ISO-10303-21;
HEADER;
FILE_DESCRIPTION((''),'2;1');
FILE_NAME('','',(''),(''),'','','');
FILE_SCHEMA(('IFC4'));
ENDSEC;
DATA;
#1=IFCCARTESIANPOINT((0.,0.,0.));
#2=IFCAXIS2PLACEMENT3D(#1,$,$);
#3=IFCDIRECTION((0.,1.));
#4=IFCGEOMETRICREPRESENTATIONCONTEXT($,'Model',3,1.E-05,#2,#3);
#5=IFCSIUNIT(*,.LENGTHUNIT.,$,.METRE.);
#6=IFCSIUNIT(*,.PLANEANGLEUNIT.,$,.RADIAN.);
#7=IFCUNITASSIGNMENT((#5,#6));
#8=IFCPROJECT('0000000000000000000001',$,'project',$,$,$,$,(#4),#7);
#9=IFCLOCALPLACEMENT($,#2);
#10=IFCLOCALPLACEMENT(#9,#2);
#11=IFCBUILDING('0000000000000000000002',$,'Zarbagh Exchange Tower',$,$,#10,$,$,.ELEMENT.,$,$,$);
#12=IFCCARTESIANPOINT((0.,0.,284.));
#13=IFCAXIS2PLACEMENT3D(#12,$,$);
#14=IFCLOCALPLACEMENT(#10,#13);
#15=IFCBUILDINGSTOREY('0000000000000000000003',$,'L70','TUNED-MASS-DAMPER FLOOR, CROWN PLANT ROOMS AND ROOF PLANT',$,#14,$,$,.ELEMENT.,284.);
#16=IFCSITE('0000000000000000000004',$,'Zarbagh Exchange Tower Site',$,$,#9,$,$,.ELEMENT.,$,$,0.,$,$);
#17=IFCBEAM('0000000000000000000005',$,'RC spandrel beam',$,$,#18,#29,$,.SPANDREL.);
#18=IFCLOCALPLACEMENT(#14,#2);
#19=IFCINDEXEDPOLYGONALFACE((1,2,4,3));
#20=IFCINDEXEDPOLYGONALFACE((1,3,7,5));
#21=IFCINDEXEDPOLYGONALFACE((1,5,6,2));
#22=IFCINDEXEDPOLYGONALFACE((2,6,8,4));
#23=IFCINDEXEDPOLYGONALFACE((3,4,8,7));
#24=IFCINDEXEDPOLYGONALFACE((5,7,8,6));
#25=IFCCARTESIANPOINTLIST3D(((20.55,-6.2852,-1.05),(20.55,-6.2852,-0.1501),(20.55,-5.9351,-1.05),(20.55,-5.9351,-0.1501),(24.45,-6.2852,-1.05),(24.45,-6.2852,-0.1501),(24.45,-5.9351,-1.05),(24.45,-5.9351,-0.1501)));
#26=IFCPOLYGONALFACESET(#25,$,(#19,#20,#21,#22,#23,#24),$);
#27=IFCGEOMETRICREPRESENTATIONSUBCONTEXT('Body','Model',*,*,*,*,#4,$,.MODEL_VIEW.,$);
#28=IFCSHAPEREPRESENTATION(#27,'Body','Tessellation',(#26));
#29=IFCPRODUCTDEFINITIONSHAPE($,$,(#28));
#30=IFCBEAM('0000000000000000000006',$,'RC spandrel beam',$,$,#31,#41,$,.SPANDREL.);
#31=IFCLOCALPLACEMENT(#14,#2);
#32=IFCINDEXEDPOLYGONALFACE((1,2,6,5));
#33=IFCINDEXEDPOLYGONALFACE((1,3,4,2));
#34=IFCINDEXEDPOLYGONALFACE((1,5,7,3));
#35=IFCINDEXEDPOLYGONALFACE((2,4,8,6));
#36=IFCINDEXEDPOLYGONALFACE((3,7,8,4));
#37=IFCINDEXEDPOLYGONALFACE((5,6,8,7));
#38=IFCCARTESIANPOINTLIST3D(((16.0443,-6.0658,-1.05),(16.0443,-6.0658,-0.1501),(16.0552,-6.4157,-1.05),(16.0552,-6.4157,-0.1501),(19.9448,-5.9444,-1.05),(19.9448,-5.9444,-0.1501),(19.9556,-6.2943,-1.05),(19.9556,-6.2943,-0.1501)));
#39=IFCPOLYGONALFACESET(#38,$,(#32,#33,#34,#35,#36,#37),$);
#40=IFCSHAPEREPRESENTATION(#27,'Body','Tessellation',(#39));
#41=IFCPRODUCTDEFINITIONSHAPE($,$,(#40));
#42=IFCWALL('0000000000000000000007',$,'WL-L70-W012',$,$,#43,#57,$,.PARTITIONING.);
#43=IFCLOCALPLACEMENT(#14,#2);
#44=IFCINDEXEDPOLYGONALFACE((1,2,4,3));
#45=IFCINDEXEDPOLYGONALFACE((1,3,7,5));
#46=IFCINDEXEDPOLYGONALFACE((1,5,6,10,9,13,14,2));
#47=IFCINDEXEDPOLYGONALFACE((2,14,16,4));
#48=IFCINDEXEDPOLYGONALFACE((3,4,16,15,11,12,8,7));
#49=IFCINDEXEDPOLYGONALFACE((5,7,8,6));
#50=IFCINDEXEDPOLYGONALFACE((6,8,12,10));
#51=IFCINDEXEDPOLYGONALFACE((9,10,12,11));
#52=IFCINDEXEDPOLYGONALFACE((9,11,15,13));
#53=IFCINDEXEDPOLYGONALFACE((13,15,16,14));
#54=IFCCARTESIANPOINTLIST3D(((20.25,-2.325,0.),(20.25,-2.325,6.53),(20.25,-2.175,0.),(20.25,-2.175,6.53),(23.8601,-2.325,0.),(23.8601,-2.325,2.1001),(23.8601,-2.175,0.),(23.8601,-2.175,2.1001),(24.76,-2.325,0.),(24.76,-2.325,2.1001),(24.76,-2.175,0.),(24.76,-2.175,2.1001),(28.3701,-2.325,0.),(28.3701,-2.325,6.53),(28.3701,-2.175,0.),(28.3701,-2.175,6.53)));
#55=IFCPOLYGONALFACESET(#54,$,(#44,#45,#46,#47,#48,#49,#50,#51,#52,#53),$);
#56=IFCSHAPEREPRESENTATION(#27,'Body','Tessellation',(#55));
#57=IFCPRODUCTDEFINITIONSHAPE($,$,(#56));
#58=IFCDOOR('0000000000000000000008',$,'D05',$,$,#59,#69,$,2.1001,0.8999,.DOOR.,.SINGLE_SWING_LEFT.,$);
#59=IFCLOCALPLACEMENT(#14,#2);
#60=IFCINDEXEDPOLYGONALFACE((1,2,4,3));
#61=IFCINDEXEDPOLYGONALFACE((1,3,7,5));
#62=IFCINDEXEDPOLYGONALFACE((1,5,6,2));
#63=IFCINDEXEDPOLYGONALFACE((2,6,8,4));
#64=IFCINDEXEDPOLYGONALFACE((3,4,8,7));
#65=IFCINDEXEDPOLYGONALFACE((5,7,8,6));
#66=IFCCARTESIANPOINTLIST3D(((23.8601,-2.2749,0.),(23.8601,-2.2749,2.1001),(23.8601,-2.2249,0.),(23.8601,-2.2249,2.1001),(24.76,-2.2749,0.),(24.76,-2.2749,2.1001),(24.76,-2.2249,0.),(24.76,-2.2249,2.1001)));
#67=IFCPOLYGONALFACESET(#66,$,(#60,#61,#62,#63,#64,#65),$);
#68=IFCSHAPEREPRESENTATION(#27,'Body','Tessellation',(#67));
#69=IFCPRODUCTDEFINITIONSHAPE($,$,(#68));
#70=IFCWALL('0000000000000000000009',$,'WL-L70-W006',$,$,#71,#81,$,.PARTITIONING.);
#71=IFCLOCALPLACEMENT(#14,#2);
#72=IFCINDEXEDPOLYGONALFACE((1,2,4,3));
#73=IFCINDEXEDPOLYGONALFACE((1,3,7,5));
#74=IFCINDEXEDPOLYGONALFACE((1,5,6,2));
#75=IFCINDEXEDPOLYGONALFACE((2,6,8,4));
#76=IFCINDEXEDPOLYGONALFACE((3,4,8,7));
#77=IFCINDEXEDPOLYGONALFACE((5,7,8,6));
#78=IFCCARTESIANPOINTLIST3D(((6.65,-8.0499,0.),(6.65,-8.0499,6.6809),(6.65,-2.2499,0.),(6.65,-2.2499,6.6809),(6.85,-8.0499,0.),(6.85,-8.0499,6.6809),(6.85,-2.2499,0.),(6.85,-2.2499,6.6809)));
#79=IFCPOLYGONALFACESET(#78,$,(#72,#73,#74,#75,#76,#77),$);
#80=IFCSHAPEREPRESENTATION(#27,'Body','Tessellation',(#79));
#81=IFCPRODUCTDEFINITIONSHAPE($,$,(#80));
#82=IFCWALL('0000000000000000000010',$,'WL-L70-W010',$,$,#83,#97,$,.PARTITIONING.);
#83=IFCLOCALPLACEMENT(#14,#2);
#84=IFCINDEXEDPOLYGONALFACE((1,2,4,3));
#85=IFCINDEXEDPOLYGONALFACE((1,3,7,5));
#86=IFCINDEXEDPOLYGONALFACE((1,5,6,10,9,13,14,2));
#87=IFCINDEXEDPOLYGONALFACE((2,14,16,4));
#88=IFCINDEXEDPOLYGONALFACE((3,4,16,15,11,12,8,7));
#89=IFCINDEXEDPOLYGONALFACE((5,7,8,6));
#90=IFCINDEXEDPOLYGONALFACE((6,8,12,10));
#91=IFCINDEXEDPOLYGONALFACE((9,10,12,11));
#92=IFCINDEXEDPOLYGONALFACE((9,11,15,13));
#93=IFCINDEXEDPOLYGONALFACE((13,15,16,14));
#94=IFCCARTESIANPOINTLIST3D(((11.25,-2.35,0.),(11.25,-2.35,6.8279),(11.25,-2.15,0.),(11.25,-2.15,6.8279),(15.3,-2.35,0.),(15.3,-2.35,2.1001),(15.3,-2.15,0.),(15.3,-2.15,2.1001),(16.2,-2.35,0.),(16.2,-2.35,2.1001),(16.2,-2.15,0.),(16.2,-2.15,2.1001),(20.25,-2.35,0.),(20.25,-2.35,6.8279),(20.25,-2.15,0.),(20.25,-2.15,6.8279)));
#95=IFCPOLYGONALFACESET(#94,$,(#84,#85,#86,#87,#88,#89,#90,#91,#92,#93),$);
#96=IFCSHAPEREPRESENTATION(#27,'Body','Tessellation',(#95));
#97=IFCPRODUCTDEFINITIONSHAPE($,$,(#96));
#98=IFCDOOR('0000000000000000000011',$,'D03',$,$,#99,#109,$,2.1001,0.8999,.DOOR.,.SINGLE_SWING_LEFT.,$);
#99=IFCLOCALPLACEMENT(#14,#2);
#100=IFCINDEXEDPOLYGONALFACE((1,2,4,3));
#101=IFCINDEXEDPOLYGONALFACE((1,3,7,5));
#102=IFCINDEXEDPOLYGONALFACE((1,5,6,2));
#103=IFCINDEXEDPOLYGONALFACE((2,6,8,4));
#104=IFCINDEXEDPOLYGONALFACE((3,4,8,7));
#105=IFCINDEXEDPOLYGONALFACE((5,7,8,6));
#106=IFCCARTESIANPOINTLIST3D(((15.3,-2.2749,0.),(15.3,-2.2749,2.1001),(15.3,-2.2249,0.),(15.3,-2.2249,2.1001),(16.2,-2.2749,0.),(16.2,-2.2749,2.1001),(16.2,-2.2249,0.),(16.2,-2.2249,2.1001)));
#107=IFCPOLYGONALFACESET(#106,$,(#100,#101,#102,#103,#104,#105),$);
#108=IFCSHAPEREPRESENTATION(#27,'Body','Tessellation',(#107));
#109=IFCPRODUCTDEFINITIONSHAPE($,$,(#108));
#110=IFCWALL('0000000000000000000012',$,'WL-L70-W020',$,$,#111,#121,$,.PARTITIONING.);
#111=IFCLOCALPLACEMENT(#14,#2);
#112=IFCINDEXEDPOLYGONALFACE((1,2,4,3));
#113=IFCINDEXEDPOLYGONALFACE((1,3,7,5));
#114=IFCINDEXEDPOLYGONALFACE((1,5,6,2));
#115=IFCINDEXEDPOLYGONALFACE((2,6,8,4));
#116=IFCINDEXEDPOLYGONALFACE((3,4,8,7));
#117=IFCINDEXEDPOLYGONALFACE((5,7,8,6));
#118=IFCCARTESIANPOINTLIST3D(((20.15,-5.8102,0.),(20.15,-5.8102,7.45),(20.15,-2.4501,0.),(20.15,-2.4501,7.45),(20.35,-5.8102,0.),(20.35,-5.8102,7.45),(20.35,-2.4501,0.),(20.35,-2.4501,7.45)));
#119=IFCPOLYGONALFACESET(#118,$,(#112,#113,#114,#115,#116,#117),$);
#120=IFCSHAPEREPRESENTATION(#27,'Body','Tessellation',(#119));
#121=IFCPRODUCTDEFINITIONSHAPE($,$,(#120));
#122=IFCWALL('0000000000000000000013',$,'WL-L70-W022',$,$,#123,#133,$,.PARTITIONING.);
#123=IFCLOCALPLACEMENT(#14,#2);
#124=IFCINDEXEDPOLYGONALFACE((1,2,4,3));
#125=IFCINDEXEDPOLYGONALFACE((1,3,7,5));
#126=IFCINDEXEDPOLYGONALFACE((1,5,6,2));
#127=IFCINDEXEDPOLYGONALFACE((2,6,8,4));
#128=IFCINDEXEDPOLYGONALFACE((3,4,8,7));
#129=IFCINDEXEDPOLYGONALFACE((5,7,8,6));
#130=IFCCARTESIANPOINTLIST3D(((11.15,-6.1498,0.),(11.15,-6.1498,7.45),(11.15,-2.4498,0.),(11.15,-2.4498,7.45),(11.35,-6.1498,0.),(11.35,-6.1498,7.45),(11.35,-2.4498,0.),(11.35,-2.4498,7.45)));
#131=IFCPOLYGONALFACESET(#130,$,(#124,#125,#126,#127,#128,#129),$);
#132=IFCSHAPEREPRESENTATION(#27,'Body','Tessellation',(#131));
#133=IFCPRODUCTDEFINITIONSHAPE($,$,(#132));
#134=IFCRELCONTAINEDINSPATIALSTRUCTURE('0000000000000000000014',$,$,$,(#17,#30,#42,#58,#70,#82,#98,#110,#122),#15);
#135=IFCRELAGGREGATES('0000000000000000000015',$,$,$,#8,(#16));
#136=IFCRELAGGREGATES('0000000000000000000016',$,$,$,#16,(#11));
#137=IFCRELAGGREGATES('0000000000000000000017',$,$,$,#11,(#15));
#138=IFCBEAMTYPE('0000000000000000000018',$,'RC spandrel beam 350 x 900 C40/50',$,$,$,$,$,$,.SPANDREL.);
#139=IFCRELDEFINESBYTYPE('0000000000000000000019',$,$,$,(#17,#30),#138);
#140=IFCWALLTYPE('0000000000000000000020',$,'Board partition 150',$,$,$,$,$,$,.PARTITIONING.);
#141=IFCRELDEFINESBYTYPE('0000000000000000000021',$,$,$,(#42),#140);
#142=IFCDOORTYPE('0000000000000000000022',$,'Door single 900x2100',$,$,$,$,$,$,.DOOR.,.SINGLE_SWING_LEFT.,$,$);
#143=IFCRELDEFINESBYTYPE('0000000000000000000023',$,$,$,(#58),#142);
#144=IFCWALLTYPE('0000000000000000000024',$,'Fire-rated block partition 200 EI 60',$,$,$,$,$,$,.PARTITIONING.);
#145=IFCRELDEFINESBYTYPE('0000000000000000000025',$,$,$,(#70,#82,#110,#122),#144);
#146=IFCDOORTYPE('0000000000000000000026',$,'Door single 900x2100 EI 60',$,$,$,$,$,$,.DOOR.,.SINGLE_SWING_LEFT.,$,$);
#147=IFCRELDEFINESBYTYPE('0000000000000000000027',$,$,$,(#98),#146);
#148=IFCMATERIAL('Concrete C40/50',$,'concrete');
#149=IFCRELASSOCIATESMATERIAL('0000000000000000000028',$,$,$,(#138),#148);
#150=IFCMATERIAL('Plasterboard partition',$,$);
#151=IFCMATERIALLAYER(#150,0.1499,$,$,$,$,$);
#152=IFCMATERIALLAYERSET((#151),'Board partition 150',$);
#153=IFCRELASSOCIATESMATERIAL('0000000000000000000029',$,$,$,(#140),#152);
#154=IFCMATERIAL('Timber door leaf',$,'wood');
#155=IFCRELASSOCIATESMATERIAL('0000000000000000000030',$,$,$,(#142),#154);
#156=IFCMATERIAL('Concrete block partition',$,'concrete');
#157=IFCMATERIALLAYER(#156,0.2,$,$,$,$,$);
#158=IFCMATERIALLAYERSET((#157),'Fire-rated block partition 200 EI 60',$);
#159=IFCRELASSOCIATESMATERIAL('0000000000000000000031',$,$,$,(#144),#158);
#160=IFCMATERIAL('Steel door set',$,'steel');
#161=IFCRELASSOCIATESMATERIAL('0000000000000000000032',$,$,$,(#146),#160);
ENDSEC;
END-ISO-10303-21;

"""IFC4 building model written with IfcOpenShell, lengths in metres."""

from ifc_helpers import new_model, si_unit, direction, frame, frame_2d, origin, origin_2d, place, context, subcontext, project, spatial, rectangle, extrude, material, layer, layer_set, material_profile, profile_set, type_object, element, fill, save


model = new_model("IFC4")

# Units and contexts
model_context = context("Model", 3, precision=1e-05, world=origin(), true_north=direction((0.0, 1.0)))
body_context = subcontext(model_context, "Body", "Model", "MODEL_VIEW")
ifc_project = project(units=[si_unit("LENGTHUNIT", "METRE"), si_unit("PLANEANGLEUNIT", "RADIAN")], contexts=[model_context])

# Site, building, storey
site_placement = place(None, origin())
site = spatial("IfcSite", under=ifc_project, at=site_placement, Name="Zarbagh Exchange Tower Site", CompositionType="ELEMENT", RefElevation=0.0)
building_placement = place(site_placement, origin())
building = spatial("IfcBuilding", under=site, at=building_placement, Name="Zarbagh Exchange Tower", CompositionType="ELEMENT")
storey_placement = place(building_placement, frame((0.0, 0.0, 284.0)))
storey = spatial("IfcBuildingStorey", under=building, at=storey_placement, Name="L70", Description="TUNED-MASS-DAMPER FLOOR, CROWN PLANT ROOMS AND ROOF PLANT", CompositionType="ELEMENT", Elevation=284.0)

# Shared definitions
ifc_material_1 = material(Name="Concrete C40/50", Category="concrete")

# Beams
ifc_material_profile_1 = material_profile(ifc_material_1, rectangle(XDim=0.3501, YDim=0.8999, at=origin_2d()), Name="RC spandrel beam 350 x 900 C40/50")
ifc_profile_set_1 = profile_set([ifc_material_profile_1], Name="Concrete C40/50")
beam_type_1 = type_object("IfcBeamType", Name="RC spandrel beam 350 x 900 C40/50", PredefinedType="SPANDREL", material=ifc_profile_set_1)
beam_1_placement = place(storey_placement, frame((24.45, -6.1101, -0.6001), z_axis=(-1.0, 0.0, 0.0), x_axis=(0.0, -1.0, 0.0)))
element("IfcBeam", 1, at=beam_1_placement, inside=storey, type_object=beam_type_1, Name="RC spandrel beam", PredefinedType="SPANDREL", context=body_context, shape_type="SweptSolid", body=[
    extrude(rectangle(XDim=0.3501, YDim=0.8999, at=origin_2d()), origin(), (0.0, 0.0, 1.0), 3.8999),
])
beam_2_placement = place(storey_placement, frame((19.9502, -6.1194, -0.6001), z_axis=(-0.999516, -0.031094, 0.0), x_axis=(0.031094, -0.999516, 0.0)))
element("IfcBeam", 2, at=beam_2_placement, inside=storey, type_object=beam_type_1, Name="RC spandrel beam", PredefinedType="SPANDREL", context=body_context, shape_type="SweptSolid", body=[
    extrude(rectangle(XDim=0.3501, YDim=0.8999, at=origin_2d()), origin(), (0.0, 0.0, 1.0), 3.9023),
])

# Wall, opening, door
ifc_material_2 = material(Name="Plasterboard partition")
ifc_layer_1 = layer(ifc_material_2, 0.1499)
ifc_layer_set_1 = layer_set([ifc_layer_1], Name="Board partition 150")
wall_type_1 = type_object("IfcWallType", Name="Board partition 150", PredefinedType="PARTITIONING", material=ifc_layer_set_1)
wall_1_placement = place(storey_placement, frame((28.3701, -2.25, 0.0), z_axis=(0.0, 0.0, 1.0), x_axis=(-1.0, 0.0, 0.0)))
wall_1 = element("IfcWall", 3, at=wall_1_placement, inside=storey, type_object=wall_type_1, Name="WL-L70-W012", PredefinedType="PARTITIONING", context=body_context, shape_type="SweptSolid", body=[
    extrude(rectangle(XDim=8.1201, YDim=0.1499, at=frame_2d((4.0601, 0.0))), origin(), (0.0, 0.0, 1.0), 6.53),
])
opening_1_placement = place(wall_1_placement, frame((3.6101, 0.0, 0.0)))
opening_1 = element("IfcOpeningElement", 4, at=opening_1_placement, cuts=wall_1, PredefinedType="OPENING", context=body_context, shape_type="SweptSolid", body=[
    extrude(rectangle(XDim=0.8999, YDim=2.1001, at=frame_2d((0.45, 1.05))), frame((0.0, 0.085, 0.0), z_axis=(0.0, -1.0, 0.0), x_axis=(1.0, 0.0, 0.0)), (0.0, 0.0, 1.0), 0.1699),
])
ifc_material_3 = material(Name="Timber door leaf", Category="wood")
door_type_1 = type_object("IfcDoorType", Name="Door single 900x2100", OperationType="SINGLE_SWING_LEFT", PredefinedType="DOOR", material=ifc_material_3)
door_1_placement = place(opening_1_placement, origin())
door_1 = element("IfcDoor", 5, at=door_1_placement, inside=storey, type_object=door_type_1, Name="D05", OperationType="SINGLE_SWING_LEFT", OverallHeight=2.1001, OverallWidth=0.8999, PredefinedType="DOOR", context=body_context, shape_type="SweptSolid", body=[
    extrude(rectangle(XDim=0.8999, YDim=2.1001, at=frame_2d((0.45, 1.05))), frame((0.0, 0.0249, 0.0), z_axis=(0.0, -1.0, 0.0), x_axis=(1.0, 0.0, 0.0)), (0.0, 0.0, 1.0), 0.05),
])
fill(opening_1, door_1)

# Wall
ifc_material_4 = material(Name="Concrete block partition", Category="concrete")
ifc_layer_2 = layer(ifc_material_4, 0.2)
ifc_layer_set_2 = layer_set([ifc_layer_2], Name="Fire-rated block partition 200 EI 60")
wall_type_2 = type_object("IfcWallType", Name="Fire-rated block partition 200 EI 60", PredefinedType="PARTITIONING", material=ifc_layer_set_2)
wall_2_placement = place(storey_placement, frame((6.75, -2.25, 0.0), z_axis=(0.0, 0.0, 1.0), x_axis=(0.0, -1.0, 0.0)))
element("IfcWall", 6, at=wall_2_placement, inside=storey, type_object=wall_type_2, Name="WL-L70-W006", PredefinedType="PARTITIONING", context=body_context, shape_type="SweptSolid", body=[
    extrude(rectangle(XDim=5.8, YDim=0.2, at=frame_2d((2.8999, 0.0))), origin(), (0.0, 0.0, 1.0), 6.6809),
])

# Wall, opening, door
wall_3_placement = place(storey_placement, frame((20.25, -2.25, 0.0), z_axis=(0.0, 0.0, 1.0), x_axis=(-1.0, 0.0, 0.0)))
wall_3 = element("IfcWall", 7, at=wall_3_placement, inside=storey, type_object=wall_type_2, Name="WL-L70-W010", PredefinedType="PARTITIONING", context=body_context, shape_type="SweptSolid", body=[
    extrude(rectangle(XDim=9.0, YDim=0.2, at=frame_2d((4.5, 0.0))), origin(), (0.0, 0.0, 1.0), 6.8279),
])
opening_2_placement = place(wall_3_placement, frame((4.05, 0.0, 0.0)))
opening_2 = element("IfcOpeningElement", 8, at=opening_2_placement, cuts=wall_3, PredefinedType="OPENING", context=body_context, shape_type="SweptSolid", body=[
    extrude(rectangle(XDim=0.8999, YDim=2.1001, at=frame_2d((0.45, 1.05))), frame((0.0, 0.1099, 0.0), z_axis=(0.0, -1.0, 0.0), x_axis=(1.0, 0.0, 0.0)), (0.0, 0.0, 1.0), 0.22),
])
ifc_material_5 = material(Name="Steel door set", Category="steel")
door_type_2 = type_object("IfcDoorType", Name="Door single 900x2100 EI 60", OperationType="SINGLE_SWING_LEFT", PredefinedType="DOOR", material=ifc_material_5)
door_2_placement = place(opening_2_placement, origin())
door_2 = element("IfcDoor", 9, at=door_2_placement, inside=storey, type_object=door_type_2, Name="D03", OperationType="SINGLE_SWING_LEFT", OverallHeight=2.1001, OverallWidth=0.8999, PredefinedType="DOOR", context=body_context, shape_type="SweptSolid", body=[
    extrude(rectangle(XDim=0.8999, YDim=2.1001, at=frame_2d((0.45, 1.05))), frame((0.0, 0.0249, 0.0), z_axis=(0.0, -1.0, 0.0), x_axis=(1.0, 0.0, 0.0)), (0.0, 0.0, 1.0), 0.05),
])
fill(opening_2, door_2)

# Walls
wall_4_placement = place(storey_placement, frame((20.25, -2.45, 0.0), z_axis=(0.0, 0.0, 1.0), x_axis=(0.0, -1.0, 0.0)))
element("IfcWall", 10, at=wall_4_placement, inside=storey, type_object=wall_type_2, Name="WL-L70-W020", PredefinedType="PARTITIONING", context=body_context, shape_type="SweptSolid", body=[
    extrude(rectangle(XDim=3.3601, YDim=0.2, at=frame_2d((1.6802, 0.0))), origin(), (0.0, 0.0, 1.0), 7.45),
])
wall_5_placement = place(storey_placement, frame((11.25, -6.1499, 0.0), z_axis=(0.0, 0.0, 1.0), x_axis=(0.0, 1.0, 0.0)))
element("IfcWall", 11, at=wall_5_placement, inside=storey, type_object=wall_type_2, Name="WL-L70-W022", PredefinedType="PARTITIONING", context=body_context, shape_type="SweptSolid", body=[
    extrude(rectangle(XDim=3.7, YDim=0.2, at=frame_2d((1.8501, 0.0))), origin(), (0.0, 0.0, 1.0), 7.45),
])

save(model, "model.ifc")
